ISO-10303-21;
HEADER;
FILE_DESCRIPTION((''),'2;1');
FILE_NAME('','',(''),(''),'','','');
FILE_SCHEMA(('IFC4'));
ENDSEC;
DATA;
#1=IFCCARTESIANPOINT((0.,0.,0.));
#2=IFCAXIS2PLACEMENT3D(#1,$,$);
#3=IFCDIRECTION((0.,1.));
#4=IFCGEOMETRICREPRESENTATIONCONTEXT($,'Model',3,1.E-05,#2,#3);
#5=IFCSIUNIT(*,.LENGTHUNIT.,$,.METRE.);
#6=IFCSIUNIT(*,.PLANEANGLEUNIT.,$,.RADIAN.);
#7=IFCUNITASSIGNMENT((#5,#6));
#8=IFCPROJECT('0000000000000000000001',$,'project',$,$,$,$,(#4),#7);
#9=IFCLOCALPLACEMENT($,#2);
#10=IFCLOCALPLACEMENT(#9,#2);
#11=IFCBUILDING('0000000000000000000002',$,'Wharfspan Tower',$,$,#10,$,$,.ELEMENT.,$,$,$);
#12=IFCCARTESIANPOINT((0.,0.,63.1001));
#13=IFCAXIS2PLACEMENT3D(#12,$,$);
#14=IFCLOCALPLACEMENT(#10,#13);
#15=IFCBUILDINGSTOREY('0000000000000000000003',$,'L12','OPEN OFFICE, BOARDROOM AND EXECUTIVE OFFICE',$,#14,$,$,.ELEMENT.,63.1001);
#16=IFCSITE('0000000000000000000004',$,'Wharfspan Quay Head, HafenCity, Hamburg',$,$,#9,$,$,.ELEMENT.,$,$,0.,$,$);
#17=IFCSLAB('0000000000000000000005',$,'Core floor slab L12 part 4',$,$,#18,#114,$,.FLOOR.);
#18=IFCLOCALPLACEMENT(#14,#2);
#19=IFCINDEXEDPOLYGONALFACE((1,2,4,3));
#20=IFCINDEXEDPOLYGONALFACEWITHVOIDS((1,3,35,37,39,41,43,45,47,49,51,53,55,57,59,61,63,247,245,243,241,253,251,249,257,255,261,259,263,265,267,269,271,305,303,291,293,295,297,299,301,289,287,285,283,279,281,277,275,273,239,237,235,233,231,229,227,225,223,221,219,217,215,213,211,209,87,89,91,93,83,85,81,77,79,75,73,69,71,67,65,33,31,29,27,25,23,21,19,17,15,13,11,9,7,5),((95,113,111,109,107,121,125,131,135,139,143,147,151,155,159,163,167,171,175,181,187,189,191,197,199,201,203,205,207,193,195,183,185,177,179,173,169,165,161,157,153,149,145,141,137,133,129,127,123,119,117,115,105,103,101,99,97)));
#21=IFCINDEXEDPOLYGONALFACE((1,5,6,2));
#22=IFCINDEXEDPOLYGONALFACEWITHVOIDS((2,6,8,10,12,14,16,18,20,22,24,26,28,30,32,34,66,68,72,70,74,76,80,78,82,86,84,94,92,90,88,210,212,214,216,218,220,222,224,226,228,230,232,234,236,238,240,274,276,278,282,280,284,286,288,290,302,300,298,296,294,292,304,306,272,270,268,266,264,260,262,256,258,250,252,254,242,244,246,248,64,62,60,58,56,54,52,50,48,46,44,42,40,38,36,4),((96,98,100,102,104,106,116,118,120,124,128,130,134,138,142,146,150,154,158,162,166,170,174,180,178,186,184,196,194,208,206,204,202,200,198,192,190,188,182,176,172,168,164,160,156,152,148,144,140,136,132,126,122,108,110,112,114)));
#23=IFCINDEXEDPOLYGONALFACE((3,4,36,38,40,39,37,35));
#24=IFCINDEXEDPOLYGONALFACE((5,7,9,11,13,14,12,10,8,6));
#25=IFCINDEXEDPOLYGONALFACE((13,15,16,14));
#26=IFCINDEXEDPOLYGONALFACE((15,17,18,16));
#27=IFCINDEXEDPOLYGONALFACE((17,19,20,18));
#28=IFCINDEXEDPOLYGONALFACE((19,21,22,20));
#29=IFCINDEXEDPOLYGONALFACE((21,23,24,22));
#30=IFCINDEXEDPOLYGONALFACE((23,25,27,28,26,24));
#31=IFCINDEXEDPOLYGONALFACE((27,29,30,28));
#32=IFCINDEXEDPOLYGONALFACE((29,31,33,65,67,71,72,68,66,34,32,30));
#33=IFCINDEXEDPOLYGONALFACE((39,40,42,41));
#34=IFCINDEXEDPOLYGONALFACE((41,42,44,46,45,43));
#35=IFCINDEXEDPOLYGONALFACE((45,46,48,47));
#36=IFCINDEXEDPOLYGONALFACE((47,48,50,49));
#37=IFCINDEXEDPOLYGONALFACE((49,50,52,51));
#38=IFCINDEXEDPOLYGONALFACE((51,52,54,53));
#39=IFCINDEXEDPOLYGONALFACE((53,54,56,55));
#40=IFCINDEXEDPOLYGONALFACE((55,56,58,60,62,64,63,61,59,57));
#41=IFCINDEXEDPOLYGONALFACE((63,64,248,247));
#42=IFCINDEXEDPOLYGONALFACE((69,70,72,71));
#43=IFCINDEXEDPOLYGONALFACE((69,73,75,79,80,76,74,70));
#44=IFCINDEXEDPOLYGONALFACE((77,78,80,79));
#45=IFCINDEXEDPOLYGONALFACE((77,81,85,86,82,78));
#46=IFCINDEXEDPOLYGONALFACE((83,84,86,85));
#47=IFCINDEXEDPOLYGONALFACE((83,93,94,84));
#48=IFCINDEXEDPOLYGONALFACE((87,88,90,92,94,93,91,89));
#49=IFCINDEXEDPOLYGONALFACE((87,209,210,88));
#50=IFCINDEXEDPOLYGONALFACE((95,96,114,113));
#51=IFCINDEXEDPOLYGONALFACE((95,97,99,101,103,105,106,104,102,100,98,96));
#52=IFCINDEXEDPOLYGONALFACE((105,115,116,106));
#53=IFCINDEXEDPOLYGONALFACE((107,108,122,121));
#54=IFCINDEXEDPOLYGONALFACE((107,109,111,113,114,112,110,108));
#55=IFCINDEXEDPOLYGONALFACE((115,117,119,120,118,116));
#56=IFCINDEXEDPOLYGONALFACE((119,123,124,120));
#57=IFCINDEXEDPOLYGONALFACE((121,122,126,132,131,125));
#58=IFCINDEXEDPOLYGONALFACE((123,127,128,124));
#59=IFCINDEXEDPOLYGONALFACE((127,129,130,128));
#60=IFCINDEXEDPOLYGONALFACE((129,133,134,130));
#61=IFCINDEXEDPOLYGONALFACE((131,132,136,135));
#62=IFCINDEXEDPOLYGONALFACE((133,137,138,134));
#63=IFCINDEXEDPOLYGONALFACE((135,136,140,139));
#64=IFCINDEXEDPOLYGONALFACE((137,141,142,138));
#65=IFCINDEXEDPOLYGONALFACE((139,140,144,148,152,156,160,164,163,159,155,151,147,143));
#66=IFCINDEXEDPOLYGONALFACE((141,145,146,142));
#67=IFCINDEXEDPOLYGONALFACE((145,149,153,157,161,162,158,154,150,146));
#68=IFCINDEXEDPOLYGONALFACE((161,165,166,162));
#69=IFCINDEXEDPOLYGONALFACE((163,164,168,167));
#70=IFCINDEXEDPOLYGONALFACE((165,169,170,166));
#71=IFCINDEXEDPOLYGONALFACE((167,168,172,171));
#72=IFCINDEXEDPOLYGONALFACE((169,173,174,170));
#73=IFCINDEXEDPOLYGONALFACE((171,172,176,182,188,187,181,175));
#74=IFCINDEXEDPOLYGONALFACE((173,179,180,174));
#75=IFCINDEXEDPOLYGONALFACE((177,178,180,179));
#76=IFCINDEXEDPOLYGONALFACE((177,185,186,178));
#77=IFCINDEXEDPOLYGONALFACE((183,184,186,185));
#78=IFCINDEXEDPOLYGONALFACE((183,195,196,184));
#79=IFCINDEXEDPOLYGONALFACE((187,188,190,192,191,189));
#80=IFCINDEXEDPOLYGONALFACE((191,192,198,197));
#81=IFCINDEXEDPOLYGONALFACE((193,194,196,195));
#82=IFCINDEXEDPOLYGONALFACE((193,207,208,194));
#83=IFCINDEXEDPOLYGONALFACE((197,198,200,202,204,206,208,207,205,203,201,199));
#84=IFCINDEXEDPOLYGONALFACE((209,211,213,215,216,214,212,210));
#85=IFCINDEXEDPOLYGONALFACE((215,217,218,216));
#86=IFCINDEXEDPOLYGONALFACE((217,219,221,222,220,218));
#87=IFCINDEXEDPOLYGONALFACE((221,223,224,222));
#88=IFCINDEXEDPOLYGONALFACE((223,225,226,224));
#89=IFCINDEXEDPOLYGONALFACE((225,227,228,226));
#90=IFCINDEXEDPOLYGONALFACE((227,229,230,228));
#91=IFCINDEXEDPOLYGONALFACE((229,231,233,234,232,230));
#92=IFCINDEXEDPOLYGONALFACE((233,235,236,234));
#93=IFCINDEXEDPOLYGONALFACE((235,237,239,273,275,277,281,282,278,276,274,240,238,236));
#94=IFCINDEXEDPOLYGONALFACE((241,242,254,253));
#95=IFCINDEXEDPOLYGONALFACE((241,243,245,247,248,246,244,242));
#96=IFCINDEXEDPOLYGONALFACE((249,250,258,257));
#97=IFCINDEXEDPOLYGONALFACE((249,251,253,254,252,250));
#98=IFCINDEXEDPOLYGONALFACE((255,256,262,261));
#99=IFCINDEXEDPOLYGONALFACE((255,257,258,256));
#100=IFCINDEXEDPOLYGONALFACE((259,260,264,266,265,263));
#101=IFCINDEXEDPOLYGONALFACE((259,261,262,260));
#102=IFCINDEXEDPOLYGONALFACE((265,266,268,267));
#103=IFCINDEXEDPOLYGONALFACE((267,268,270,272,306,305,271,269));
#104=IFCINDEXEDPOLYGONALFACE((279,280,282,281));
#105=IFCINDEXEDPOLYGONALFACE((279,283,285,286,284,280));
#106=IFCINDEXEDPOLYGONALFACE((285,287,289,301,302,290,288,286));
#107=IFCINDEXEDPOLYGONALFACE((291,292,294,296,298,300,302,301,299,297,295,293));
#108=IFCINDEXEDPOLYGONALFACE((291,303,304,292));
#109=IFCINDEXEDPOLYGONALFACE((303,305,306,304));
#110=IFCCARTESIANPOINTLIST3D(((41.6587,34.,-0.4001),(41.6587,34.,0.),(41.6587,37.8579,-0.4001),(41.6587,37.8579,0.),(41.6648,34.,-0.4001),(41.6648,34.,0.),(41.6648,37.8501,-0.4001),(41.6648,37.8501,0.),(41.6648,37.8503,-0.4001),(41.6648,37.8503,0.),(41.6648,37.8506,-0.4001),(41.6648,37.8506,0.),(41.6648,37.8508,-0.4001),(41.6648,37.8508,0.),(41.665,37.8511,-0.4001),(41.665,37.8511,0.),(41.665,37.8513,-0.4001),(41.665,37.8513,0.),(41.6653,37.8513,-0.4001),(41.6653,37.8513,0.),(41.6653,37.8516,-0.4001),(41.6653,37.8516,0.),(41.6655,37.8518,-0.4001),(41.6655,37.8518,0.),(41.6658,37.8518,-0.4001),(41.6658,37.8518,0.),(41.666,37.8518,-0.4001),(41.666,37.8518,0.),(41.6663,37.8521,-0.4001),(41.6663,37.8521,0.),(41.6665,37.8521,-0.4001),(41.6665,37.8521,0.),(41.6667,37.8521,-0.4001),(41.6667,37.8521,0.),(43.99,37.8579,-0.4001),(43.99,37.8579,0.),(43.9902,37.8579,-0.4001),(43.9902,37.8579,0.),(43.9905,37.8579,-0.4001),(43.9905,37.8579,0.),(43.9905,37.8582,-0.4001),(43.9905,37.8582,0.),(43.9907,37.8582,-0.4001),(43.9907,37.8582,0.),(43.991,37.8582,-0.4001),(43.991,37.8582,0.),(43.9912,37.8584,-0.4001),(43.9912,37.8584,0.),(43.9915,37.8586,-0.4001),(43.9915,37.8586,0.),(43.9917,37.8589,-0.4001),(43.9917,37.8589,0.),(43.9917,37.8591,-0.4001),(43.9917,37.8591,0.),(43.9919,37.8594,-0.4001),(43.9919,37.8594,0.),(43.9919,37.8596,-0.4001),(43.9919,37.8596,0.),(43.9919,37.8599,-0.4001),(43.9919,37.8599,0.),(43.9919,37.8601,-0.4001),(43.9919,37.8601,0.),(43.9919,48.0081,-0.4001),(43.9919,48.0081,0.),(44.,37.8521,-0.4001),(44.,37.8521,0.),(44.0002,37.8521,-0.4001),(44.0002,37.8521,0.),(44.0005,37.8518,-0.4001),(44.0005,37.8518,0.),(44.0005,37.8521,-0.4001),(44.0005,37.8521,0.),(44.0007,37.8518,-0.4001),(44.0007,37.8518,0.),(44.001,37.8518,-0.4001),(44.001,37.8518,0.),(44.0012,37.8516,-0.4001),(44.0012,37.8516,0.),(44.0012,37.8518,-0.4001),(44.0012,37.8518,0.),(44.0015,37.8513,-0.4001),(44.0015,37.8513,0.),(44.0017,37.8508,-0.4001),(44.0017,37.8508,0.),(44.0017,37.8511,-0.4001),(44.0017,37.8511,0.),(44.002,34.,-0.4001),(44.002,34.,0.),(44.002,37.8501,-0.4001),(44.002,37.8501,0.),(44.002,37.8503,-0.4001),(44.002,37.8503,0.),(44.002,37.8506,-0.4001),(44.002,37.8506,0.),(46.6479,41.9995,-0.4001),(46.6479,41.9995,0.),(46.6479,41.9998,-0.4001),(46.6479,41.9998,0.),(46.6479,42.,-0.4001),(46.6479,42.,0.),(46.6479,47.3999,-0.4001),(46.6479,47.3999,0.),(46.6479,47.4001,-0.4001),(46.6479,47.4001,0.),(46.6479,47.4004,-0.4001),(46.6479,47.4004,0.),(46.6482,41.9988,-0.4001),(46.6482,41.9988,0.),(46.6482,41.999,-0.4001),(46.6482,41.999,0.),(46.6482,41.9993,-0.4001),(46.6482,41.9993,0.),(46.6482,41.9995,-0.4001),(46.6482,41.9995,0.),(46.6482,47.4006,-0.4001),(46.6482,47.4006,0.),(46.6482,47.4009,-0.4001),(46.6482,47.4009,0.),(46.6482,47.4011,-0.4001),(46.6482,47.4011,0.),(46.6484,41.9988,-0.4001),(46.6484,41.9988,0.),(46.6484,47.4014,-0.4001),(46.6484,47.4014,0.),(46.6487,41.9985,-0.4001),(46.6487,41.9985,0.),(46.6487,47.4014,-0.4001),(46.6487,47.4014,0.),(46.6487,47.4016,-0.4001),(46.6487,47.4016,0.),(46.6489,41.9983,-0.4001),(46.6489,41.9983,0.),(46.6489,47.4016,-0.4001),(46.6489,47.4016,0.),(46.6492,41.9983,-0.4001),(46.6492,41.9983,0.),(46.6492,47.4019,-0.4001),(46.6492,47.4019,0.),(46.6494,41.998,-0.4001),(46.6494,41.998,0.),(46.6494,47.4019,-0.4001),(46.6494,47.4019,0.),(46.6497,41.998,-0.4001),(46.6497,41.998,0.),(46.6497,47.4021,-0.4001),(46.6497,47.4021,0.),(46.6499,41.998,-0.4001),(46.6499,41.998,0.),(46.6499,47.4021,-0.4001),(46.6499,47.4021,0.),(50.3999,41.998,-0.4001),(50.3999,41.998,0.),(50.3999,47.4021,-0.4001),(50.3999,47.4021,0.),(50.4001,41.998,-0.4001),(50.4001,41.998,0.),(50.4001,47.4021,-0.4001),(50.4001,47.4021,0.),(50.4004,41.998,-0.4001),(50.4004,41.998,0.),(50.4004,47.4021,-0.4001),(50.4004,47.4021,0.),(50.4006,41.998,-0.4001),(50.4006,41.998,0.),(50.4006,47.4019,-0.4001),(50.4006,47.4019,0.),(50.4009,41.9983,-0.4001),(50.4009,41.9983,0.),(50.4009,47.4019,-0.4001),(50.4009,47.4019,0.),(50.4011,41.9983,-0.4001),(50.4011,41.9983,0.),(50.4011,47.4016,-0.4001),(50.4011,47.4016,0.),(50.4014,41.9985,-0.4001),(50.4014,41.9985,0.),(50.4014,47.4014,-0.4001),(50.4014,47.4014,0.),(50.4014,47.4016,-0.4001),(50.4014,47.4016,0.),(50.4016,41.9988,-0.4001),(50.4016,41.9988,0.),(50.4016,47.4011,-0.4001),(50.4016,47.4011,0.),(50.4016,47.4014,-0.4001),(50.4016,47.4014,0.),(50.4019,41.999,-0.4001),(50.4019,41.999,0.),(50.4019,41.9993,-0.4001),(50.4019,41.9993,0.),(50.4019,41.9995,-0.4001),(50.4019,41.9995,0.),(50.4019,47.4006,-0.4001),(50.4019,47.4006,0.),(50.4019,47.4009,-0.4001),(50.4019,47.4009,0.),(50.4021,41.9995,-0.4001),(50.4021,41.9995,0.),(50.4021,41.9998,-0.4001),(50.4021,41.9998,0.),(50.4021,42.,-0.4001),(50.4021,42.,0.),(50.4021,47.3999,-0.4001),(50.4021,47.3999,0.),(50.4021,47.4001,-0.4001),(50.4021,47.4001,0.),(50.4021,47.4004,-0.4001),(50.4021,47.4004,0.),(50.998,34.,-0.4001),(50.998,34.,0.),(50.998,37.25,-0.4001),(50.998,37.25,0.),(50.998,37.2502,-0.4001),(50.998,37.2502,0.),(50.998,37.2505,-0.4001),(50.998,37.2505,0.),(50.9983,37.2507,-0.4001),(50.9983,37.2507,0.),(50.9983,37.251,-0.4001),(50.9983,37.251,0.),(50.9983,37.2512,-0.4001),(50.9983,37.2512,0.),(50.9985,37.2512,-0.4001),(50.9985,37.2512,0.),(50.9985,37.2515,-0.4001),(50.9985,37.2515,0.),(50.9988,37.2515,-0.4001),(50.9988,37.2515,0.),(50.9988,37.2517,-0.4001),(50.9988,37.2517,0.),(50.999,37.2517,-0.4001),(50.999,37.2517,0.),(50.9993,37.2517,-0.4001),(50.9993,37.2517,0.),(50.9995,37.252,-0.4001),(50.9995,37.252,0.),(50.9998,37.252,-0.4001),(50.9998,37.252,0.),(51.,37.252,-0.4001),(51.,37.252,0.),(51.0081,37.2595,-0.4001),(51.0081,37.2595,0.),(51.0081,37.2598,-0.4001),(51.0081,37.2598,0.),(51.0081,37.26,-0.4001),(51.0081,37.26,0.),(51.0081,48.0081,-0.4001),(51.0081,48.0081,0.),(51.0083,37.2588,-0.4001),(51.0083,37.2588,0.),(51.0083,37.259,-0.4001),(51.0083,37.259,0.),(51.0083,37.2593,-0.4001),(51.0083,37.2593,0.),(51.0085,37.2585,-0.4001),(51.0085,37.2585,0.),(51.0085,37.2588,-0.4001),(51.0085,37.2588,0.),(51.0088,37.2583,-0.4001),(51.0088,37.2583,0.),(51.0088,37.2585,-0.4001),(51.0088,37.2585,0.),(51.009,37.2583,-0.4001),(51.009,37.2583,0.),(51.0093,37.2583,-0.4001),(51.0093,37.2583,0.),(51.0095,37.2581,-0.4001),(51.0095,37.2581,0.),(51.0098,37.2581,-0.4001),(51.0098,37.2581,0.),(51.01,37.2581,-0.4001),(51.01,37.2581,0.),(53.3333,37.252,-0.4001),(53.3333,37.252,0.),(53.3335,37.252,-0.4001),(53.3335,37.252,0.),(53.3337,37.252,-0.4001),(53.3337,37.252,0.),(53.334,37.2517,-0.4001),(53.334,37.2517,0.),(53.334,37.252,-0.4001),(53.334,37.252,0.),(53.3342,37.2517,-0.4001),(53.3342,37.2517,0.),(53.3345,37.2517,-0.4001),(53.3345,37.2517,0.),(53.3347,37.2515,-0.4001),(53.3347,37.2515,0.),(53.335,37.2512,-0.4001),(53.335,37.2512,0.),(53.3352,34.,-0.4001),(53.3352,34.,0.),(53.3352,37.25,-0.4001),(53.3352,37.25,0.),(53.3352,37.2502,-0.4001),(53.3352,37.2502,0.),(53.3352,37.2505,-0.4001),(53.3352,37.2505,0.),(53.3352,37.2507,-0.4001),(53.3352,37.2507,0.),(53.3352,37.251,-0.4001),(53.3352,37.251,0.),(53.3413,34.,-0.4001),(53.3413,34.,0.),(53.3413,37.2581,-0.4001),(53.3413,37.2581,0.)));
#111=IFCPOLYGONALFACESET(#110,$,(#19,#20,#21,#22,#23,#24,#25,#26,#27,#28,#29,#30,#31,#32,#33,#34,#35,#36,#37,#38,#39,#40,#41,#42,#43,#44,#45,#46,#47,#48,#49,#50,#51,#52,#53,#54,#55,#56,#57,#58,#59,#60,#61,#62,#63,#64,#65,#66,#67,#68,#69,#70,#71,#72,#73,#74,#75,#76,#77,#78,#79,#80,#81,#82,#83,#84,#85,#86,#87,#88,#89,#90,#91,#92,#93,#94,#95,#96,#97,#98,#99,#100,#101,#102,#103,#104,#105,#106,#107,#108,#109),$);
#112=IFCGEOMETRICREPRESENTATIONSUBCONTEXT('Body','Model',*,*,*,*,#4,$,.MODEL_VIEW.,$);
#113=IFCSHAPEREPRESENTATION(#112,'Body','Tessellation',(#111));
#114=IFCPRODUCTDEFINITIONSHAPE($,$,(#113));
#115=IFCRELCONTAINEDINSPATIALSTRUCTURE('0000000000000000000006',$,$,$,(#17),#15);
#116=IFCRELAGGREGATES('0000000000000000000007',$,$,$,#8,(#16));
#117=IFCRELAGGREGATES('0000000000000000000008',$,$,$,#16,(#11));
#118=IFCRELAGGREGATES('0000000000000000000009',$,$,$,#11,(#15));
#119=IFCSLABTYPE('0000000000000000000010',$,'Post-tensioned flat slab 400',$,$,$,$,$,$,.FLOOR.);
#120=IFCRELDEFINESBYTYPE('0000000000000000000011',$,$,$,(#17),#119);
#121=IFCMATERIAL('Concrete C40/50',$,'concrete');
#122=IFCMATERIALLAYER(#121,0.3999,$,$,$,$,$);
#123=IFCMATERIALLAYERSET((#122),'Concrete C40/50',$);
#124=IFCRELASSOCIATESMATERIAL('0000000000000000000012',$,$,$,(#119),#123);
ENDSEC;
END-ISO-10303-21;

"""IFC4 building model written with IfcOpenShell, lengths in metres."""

from ifc_helpers import new_model, si_unit, direction, frame, origin, place, context, subcontext, project, spatial, polyline, outline, extrude, material, layer, layer_set, type_object, element, save


model = new_model("IFC4")

# Units and contexts
model_context = context("Model", 3, precision=1e-05, world=origin(), true_north=direction((0.0, 1.0)))
body_context = subcontext(model_context, "Body", "Model", "MODEL_VIEW")
ifc_project = project(units=[si_unit("LENGTHUNIT", "METRE"), si_unit("PLANEANGLEUNIT", "RADIAN")], contexts=[model_context])

# Site, building, storey
site_placement = place(None, origin())
site = spatial("IfcSite", under=ifc_project, at=site_placement, Name="Wharfspan Quay Head, HafenCity, Hamburg", CompositionType="ELEMENT", RefElevation=0.0)
building_placement = place(site_placement, origin())
building = spatial("IfcBuilding", under=site, at=building_placement, Name="Wharfspan Tower", CompositionType="ELEMENT")
storey_placement = place(building_placement, frame((0.0, 0.0, 63.1001)))
storey = spatial("IfcBuildingStorey", under=building, at=storey_placement, Name="L12", Description="OPEN OFFICE, BOARDROOM AND EXECUTIVE OFFICE", CompositionType="ELEMENT", Elevation=63.1001)

# Slab
ifc_material_1 = material(Name="Concrete C40/50", Category="concrete")
ifc_layer_1 = layer(ifc_material_1, 0.3999)
ifc_layer_set_1 = layer_set([ifc_layer_1], Name="Concrete C40/50")
slab_type = type_object("IfcSlabType", Name="Post-tensioned flat slab 400", PredefinedType="FLOOR", material=ifc_layer_set_1)
slab_1_placement = place(storey_placement, frame((0.0, 0.0, -0.4001)))
element("IfcSlab", 1, at=slab_1_placement, inside=storey, type_object=slab_type, Name="Core floor slab L12 part 4", PredefinedType="FLOOR", context=body_context, shape_type="SweptSolid", body=[
    extrude(outline(polyline([(53.3413, 34.0), (53.3413, 37.2581), (51.01, 37.2581), (51.0098, 37.2581), (51.0095, 37.2581), (51.0095, 37.2581), (51.0093, 37.2583), (51.009, 37.2583), (51.0088, 37.2583), (51.0088, 37.2585), (51.0085, 37.2585), (51.0085, 37.2588), (51.0083, 37.2588), (51.0083, 37.259), (51.0083, 37.2593), (51.0081, 37.2595), (51.0081, 37.2595), (51.0081, 37.2598), (51.0081, 37.26), (51.0081, 48.0081), (43.9919, 48.0081), (43.9919, 37.8601), (43.9919, 37.8599), (43.9919, 37.8596), (43.9919, 37.8594), (43.9917, 37.8591), (43.9917, 37.8591), (43.9917, 37.8589), (43.9915, 37.8586), (43.9915, 37.8586), (43.9912, 37.8584), (43.9912, 37.8584), (43.991, 37.8582), (43.9907, 37.8582), (43.9905, 37.8582), (43.9905, 37.8579), (43.9902, 37.8579), (43.99, 37.8579), (41.6587, 37.8579), (41.6587, 34.0), (41.6648, 34.0), (41.6648, 37.8501), (41.6648, 37.8501), (41.6648, 37.8503), (41.6648, 37.8506), (41.6648, 37.8508), (41.6648, 37.8508), (41.665, 37.8511), (41.665, 37.8513), (41.6653, 37.8513), (41.6653, 37.8516), (41.6655, 37.8518), (41.6658, 37.8518), (41.666, 37.8518), (41.666, 37.8518), (41.6663, 37.8521), (41.6665, 37.8521), (41.6667, 37.8521), (44.0, 37.8521), (44.0002, 37.8521), (44.0005, 37.8521), (44.0005, 37.8518), (44.0007, 37.8518), (44.001, 37.8518), (44.0012, 37.8518), (44.0012, 37.8516), (44.0015, 37.8513), (44.0015, 37.8513), (44.0017, 37.8511), (44.0017, 37.8508), (44.0017, 37.8508), (44.002, 37.8506), (44.002, 37.8503), (44.002, 37.8501), (44.002, 37.8501), (44.002, 34.0), (50.998, 34.0), (50.998, 37.25), (50.998, 37.2502), (50.998, 37.2505), (50.998, 37.2505), (50.9983, 37.2507), (50.9983, 37.251), (50.9983, 37.2512), (50.9985, 37.2512), (50.9985, 37.2515), (50.9988, 37.2515), (50.9988, 37.2517), (50.999, 37.2517), (50.9993, 37.2517), (50.9995, 37.252), (50.9995, 37.252), (50.9998, 37.252), (51.0, 37.252), (53.3333, 37.252), (53.3335, 37.252), (53.3337, 37.252), (53.334, 37.252), (53.334, 37.2517), (53.3342, 37.2517), (53.3345, 37.2517), (53.3347, 37.2515), (53.3347, 37.2515), (53.335, 37.2512), (53.335, 37.2512), (53.3352, 37.251), (53.3352, 37.2507), (53.3352, 37.2505), (53.3352, 37.2505), (53.3352, 37.2502), (53.3352, 37.25), (53.3352, 34.0), (53.3413, 34.0)]), holes=[polyline([(46.6499, 41.998), (46.6499, 41.998), (46.6497, 41.998), (46.6494, 41.998), (46.6492, 41.9983), (46.6492, 41.9983), (46.6489, 41.9983), (46.6487, 41.9985), (46.6487, 41.9985), (46.6484, 41.9988), (46.6482, 41.9988), (46.6482, 41.999), (46.6482, 41.9993), (46.6482, 41.9995), (46.6479, 41.9995), (46.6479, 41.9998), (46.6479, 42.0), (46.6479, 47.3999), (46.6479, 47.4001), (46.6479, 47.4004), (46.6482, 47.4006), (46.6482, 47.4009), (46.6482, 47.4009), (46.6482, 47.4011), (46.6484, 47.4014), (46.6487, 47.4014), (46.6487, 47.4016), (46.6489, 47.4016), (46.6492, 47.4019), (46.6492, 47.4019), (46.6494, 47.4019), (46.6497, 47.4021), (46.6499, 47.4021), (46.6499, 47.4021), (50.3999, 47.4021), (50.4001, 47.4021), (50.4004, 47.4021), (50.4006, 47.4019), (50.4009, 47.4019), (50.4009, 47.4019), (50.4011, 47.4016), (50.4014, 47.4016), (50.4014, 47.4014), (50.4016, 47.4014), (50.4016, 47.4011), (50.4019, 47.4009), (50.4019, 47.4009), (50.4019, 47.4006), (50.4021, 47.4004), (50.4021, 47.4001), (50.4021, 47.3999), (50.4021, 42.0), (50.4021, 41.9998), (50.4021, 41.9995), (50.4019, 41.9995), (50.4019, 41.9993), (50.4019, 41.999), (50.4016, 41.9988), (50.4016, 41.9988), (50.4014, 41.9985), (50.4014, 41.9985), (50.4011, 41.9983), (50.4009, 41.9983), (50.4009, 41.9983), (50.4006, 41.998), (50.4004, 41.998), (50.4001, 41.998), (50.3999, 41.998), (46.6499, 41.998)])]), origin(), (0.0, 0.0, 1.0), 0.4001),
])

save(model, "model.ifc")
